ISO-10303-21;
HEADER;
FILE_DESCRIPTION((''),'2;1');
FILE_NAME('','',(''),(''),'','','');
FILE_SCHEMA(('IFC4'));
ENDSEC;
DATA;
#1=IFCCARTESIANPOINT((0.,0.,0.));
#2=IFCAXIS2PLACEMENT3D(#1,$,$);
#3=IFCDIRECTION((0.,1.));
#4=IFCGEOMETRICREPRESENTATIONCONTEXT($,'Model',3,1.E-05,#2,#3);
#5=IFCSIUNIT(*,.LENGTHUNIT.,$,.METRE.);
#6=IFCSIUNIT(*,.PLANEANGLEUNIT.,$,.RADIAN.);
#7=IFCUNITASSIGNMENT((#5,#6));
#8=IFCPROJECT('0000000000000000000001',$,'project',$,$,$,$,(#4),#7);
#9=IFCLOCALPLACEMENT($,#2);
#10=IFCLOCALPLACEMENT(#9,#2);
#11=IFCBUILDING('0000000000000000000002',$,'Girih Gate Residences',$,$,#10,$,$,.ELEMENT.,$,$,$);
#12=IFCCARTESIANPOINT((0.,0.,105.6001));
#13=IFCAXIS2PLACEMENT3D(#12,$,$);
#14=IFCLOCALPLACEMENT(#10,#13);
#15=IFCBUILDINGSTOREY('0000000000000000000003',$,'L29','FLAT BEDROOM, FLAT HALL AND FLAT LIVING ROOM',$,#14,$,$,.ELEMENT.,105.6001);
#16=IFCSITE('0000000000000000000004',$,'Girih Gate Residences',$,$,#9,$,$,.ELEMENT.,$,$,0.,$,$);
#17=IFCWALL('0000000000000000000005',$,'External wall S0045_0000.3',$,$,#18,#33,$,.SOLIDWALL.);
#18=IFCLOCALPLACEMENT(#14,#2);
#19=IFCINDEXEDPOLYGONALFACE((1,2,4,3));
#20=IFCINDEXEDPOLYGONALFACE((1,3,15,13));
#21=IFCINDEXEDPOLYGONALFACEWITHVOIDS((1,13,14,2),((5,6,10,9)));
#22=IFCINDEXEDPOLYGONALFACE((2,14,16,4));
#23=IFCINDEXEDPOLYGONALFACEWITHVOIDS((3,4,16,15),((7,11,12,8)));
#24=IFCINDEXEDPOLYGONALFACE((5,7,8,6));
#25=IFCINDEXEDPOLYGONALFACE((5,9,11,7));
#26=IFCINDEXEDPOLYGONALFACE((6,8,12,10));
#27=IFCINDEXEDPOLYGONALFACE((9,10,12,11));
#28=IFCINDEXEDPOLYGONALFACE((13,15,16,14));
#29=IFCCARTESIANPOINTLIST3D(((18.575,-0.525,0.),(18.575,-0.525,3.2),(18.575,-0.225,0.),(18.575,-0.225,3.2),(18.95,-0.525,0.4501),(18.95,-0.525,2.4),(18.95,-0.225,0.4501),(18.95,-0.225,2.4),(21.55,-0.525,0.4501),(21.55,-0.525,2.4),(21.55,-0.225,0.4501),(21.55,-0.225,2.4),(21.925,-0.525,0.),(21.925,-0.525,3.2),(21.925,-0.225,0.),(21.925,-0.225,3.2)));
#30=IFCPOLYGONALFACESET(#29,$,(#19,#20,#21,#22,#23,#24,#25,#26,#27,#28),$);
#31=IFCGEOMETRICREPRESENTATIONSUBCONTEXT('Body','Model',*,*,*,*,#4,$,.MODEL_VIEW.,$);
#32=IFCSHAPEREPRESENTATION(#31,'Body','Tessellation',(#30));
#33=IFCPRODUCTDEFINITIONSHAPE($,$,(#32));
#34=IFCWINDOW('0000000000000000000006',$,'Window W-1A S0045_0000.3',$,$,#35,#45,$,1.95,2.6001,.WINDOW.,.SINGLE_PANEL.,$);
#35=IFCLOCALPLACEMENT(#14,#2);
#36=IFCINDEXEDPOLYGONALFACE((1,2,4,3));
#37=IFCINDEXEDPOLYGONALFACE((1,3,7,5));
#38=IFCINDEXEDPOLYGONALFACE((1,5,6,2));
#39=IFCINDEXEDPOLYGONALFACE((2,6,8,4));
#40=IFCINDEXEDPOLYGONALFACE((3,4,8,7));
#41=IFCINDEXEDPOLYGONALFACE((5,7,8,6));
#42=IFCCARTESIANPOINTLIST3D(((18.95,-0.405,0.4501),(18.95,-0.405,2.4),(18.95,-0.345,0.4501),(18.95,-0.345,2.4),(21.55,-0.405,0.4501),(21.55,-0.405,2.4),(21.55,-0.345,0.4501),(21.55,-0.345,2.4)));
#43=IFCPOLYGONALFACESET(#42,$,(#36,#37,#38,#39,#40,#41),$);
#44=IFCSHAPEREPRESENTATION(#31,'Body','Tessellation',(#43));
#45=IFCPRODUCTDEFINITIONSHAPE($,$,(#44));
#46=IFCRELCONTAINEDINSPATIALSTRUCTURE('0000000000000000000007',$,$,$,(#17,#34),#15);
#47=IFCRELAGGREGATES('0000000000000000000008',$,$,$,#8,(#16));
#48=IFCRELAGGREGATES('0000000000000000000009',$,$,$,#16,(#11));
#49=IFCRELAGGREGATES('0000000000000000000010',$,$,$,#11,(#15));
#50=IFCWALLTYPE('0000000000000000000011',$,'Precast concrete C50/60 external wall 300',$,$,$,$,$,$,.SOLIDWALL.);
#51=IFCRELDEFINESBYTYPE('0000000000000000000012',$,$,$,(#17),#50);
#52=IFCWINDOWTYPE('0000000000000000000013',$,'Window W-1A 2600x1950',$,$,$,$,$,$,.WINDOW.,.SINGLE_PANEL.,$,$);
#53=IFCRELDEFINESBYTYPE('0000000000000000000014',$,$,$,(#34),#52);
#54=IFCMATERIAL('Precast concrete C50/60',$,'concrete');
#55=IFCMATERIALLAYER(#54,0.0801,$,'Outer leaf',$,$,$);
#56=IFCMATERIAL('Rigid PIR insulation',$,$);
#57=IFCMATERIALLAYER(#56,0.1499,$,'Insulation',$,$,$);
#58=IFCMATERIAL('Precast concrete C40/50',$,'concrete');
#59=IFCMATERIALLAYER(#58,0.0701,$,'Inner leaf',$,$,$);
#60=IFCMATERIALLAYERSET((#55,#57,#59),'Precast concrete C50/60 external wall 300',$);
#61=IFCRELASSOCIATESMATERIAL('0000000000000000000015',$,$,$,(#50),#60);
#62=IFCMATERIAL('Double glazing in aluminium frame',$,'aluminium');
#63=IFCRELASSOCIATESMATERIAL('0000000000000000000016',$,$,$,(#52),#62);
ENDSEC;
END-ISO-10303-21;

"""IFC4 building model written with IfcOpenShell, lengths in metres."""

from ifc_helpers import new_model, si_unit, direction, frame, frame_2d, origin, place, context, subcontext, project, spatial, rectangle, extrude, material, layer, layer_set, type_object, element, fill, save


model = new_model("IFC4")

# Units and contexts
model_context = context("Model", 3, precision=1e-05, world=origin(), true_north=direction((0.0, 1.0)))
body_context = subcontext(model_context, "Body", "Model", "MODEL_VIEW")
ifc_project = project(units=[si_unit("LENGTHUNIT", "METRE"), si_unit("PLANEANGLEUNIT", "RADIAN")], contexts=[model_context])

# Site, building, storey
site_placement = place(None, origin())
site = spatial("IfcSite", under=ifc_project, at=site_placement, Name="Girih Gate Residences", CompositionType="ELEMENT", RefElevation=0.0)
building_placement = place(site_placement, origin())
building = spatial("IfcBuilding", under=site, at=building_placement, Name="Girih Gate Residences", CompositionType="ELEMENT")
storey_placement = place(building_placement, frame((0.0, 0.0, 105.6001)))
storey = spatial("IfcBuildingStorey", under=building, at=storey_placement, Name="L29", Description="FLAT BEDROOM, FLAT HALL AND FLAT LIVING ROOM", CompositionType="ELEMENT", Elevation=105.6001)

# Wall, opening, window
ifc_material_1 = material(Name="Precast concrete C50/60", Category="concrete")
ifc_layer_1 = layer(ifc_material_1, 0.0801, Name="Outer leaf")
ifc_material_2 = material(Name="Rigid PIR insulation")
ifc_layer_2 = layer(ifc_material_2, 0.1499, Name="Insulation")
ifc_material_3 = material(Name="Precast concrete C40/50", Category="concrete")
ifc_layer_3 = layer(ifc_material_3, 0.0701, Name="Inner leaf")
ifc_layer_set_1 = layer_set([ifc_layer_1, ifc_layer_2, ifc_layer_3], Name="Precast concrete C50/60 external wall 300")
wall_type_1 = type_object("IfcWallType", Name="Precast concrete C50/60 external wall 300", PredefinedType="SOLIDWALL", material=ifc_layer_set_1)
ifc_material_4 = material(Name="Double glazing in aluminium frame", Category="aluminium")
window_type = type_object("IfcWindowType", Name="Window W-1A 2600x1950", PartitioningType="SINGLE_PANEL", PredefinedType="WINDOW", material=ifc_material_4)
wall_1_placement = place(storey_placement, frame((21.925, -0.375, 0.0), z_axis=(0.0, 0.0, 1.0), x_axis=(-1.0, 0.0, 0.0)))
wall_1 = element("IfcWall", 1, at=wall_1_placement, inside=storey, type_object=wall_type_1, Name="External wall S0045_0000.3", PredefinedType="SOLIDWALL", context=body_context, shape_type="SweptSolid", body=[
    extrude(rectangle(XDim=3.3501, YDim=0.3, at=frame_2d((1.675, 0.0))), origin(), (0.0, 0.0, 1.0), 3.2),
])
opening_1_placement = place(wall_1_placement, frame((0.375, 0.0, 0.45)))
opening_1 = element("IfcOpeningElement", 2, at=opening_1_placement, cuts=wall_1, PredefinedType="OPENING", context=body_context, shape_type="SweptSolid", body=[
    extrude(rectangle(XDim=2.6001, YDim=1.95, at=frame_2d((1.3, 0.9751))), frame((0.0, 0.1599, 0.0), z_axis=(0.0, -1.0, 0.0), x_axis=(1.0, 0.0, 0.0)), (0.0, 0.0, 1.0), 0.3201),
])
window_1_placement = place(opening_1_placement, origin())
window_1 = element("IfcWindow", 3, at=window_1_placement, inside=storey, type_object=window_type, Name="Window W-1A S0045_0000.3", OverallHeight=1.95, OverallWidth=2.6001, PartitioningType="SINGLE_PANEL", PredefinedType="WINDOW", context=body_context, shape_type="SweptSolid", body=[
    extrude(rectangle(XDim=2.6001, YDim=1.95, at=frame_2d((1.3, 0.9751))), frame((0.0, 0.03, 0.0), z_axis=(0.0, -1.0, 0.0), x_axis=(1.0, 0.0, 0.0)), (0.0, 0.0, 1.0), 0.0601),
])
fill(opening_1, window_1)

save(model, "model.ifc")
